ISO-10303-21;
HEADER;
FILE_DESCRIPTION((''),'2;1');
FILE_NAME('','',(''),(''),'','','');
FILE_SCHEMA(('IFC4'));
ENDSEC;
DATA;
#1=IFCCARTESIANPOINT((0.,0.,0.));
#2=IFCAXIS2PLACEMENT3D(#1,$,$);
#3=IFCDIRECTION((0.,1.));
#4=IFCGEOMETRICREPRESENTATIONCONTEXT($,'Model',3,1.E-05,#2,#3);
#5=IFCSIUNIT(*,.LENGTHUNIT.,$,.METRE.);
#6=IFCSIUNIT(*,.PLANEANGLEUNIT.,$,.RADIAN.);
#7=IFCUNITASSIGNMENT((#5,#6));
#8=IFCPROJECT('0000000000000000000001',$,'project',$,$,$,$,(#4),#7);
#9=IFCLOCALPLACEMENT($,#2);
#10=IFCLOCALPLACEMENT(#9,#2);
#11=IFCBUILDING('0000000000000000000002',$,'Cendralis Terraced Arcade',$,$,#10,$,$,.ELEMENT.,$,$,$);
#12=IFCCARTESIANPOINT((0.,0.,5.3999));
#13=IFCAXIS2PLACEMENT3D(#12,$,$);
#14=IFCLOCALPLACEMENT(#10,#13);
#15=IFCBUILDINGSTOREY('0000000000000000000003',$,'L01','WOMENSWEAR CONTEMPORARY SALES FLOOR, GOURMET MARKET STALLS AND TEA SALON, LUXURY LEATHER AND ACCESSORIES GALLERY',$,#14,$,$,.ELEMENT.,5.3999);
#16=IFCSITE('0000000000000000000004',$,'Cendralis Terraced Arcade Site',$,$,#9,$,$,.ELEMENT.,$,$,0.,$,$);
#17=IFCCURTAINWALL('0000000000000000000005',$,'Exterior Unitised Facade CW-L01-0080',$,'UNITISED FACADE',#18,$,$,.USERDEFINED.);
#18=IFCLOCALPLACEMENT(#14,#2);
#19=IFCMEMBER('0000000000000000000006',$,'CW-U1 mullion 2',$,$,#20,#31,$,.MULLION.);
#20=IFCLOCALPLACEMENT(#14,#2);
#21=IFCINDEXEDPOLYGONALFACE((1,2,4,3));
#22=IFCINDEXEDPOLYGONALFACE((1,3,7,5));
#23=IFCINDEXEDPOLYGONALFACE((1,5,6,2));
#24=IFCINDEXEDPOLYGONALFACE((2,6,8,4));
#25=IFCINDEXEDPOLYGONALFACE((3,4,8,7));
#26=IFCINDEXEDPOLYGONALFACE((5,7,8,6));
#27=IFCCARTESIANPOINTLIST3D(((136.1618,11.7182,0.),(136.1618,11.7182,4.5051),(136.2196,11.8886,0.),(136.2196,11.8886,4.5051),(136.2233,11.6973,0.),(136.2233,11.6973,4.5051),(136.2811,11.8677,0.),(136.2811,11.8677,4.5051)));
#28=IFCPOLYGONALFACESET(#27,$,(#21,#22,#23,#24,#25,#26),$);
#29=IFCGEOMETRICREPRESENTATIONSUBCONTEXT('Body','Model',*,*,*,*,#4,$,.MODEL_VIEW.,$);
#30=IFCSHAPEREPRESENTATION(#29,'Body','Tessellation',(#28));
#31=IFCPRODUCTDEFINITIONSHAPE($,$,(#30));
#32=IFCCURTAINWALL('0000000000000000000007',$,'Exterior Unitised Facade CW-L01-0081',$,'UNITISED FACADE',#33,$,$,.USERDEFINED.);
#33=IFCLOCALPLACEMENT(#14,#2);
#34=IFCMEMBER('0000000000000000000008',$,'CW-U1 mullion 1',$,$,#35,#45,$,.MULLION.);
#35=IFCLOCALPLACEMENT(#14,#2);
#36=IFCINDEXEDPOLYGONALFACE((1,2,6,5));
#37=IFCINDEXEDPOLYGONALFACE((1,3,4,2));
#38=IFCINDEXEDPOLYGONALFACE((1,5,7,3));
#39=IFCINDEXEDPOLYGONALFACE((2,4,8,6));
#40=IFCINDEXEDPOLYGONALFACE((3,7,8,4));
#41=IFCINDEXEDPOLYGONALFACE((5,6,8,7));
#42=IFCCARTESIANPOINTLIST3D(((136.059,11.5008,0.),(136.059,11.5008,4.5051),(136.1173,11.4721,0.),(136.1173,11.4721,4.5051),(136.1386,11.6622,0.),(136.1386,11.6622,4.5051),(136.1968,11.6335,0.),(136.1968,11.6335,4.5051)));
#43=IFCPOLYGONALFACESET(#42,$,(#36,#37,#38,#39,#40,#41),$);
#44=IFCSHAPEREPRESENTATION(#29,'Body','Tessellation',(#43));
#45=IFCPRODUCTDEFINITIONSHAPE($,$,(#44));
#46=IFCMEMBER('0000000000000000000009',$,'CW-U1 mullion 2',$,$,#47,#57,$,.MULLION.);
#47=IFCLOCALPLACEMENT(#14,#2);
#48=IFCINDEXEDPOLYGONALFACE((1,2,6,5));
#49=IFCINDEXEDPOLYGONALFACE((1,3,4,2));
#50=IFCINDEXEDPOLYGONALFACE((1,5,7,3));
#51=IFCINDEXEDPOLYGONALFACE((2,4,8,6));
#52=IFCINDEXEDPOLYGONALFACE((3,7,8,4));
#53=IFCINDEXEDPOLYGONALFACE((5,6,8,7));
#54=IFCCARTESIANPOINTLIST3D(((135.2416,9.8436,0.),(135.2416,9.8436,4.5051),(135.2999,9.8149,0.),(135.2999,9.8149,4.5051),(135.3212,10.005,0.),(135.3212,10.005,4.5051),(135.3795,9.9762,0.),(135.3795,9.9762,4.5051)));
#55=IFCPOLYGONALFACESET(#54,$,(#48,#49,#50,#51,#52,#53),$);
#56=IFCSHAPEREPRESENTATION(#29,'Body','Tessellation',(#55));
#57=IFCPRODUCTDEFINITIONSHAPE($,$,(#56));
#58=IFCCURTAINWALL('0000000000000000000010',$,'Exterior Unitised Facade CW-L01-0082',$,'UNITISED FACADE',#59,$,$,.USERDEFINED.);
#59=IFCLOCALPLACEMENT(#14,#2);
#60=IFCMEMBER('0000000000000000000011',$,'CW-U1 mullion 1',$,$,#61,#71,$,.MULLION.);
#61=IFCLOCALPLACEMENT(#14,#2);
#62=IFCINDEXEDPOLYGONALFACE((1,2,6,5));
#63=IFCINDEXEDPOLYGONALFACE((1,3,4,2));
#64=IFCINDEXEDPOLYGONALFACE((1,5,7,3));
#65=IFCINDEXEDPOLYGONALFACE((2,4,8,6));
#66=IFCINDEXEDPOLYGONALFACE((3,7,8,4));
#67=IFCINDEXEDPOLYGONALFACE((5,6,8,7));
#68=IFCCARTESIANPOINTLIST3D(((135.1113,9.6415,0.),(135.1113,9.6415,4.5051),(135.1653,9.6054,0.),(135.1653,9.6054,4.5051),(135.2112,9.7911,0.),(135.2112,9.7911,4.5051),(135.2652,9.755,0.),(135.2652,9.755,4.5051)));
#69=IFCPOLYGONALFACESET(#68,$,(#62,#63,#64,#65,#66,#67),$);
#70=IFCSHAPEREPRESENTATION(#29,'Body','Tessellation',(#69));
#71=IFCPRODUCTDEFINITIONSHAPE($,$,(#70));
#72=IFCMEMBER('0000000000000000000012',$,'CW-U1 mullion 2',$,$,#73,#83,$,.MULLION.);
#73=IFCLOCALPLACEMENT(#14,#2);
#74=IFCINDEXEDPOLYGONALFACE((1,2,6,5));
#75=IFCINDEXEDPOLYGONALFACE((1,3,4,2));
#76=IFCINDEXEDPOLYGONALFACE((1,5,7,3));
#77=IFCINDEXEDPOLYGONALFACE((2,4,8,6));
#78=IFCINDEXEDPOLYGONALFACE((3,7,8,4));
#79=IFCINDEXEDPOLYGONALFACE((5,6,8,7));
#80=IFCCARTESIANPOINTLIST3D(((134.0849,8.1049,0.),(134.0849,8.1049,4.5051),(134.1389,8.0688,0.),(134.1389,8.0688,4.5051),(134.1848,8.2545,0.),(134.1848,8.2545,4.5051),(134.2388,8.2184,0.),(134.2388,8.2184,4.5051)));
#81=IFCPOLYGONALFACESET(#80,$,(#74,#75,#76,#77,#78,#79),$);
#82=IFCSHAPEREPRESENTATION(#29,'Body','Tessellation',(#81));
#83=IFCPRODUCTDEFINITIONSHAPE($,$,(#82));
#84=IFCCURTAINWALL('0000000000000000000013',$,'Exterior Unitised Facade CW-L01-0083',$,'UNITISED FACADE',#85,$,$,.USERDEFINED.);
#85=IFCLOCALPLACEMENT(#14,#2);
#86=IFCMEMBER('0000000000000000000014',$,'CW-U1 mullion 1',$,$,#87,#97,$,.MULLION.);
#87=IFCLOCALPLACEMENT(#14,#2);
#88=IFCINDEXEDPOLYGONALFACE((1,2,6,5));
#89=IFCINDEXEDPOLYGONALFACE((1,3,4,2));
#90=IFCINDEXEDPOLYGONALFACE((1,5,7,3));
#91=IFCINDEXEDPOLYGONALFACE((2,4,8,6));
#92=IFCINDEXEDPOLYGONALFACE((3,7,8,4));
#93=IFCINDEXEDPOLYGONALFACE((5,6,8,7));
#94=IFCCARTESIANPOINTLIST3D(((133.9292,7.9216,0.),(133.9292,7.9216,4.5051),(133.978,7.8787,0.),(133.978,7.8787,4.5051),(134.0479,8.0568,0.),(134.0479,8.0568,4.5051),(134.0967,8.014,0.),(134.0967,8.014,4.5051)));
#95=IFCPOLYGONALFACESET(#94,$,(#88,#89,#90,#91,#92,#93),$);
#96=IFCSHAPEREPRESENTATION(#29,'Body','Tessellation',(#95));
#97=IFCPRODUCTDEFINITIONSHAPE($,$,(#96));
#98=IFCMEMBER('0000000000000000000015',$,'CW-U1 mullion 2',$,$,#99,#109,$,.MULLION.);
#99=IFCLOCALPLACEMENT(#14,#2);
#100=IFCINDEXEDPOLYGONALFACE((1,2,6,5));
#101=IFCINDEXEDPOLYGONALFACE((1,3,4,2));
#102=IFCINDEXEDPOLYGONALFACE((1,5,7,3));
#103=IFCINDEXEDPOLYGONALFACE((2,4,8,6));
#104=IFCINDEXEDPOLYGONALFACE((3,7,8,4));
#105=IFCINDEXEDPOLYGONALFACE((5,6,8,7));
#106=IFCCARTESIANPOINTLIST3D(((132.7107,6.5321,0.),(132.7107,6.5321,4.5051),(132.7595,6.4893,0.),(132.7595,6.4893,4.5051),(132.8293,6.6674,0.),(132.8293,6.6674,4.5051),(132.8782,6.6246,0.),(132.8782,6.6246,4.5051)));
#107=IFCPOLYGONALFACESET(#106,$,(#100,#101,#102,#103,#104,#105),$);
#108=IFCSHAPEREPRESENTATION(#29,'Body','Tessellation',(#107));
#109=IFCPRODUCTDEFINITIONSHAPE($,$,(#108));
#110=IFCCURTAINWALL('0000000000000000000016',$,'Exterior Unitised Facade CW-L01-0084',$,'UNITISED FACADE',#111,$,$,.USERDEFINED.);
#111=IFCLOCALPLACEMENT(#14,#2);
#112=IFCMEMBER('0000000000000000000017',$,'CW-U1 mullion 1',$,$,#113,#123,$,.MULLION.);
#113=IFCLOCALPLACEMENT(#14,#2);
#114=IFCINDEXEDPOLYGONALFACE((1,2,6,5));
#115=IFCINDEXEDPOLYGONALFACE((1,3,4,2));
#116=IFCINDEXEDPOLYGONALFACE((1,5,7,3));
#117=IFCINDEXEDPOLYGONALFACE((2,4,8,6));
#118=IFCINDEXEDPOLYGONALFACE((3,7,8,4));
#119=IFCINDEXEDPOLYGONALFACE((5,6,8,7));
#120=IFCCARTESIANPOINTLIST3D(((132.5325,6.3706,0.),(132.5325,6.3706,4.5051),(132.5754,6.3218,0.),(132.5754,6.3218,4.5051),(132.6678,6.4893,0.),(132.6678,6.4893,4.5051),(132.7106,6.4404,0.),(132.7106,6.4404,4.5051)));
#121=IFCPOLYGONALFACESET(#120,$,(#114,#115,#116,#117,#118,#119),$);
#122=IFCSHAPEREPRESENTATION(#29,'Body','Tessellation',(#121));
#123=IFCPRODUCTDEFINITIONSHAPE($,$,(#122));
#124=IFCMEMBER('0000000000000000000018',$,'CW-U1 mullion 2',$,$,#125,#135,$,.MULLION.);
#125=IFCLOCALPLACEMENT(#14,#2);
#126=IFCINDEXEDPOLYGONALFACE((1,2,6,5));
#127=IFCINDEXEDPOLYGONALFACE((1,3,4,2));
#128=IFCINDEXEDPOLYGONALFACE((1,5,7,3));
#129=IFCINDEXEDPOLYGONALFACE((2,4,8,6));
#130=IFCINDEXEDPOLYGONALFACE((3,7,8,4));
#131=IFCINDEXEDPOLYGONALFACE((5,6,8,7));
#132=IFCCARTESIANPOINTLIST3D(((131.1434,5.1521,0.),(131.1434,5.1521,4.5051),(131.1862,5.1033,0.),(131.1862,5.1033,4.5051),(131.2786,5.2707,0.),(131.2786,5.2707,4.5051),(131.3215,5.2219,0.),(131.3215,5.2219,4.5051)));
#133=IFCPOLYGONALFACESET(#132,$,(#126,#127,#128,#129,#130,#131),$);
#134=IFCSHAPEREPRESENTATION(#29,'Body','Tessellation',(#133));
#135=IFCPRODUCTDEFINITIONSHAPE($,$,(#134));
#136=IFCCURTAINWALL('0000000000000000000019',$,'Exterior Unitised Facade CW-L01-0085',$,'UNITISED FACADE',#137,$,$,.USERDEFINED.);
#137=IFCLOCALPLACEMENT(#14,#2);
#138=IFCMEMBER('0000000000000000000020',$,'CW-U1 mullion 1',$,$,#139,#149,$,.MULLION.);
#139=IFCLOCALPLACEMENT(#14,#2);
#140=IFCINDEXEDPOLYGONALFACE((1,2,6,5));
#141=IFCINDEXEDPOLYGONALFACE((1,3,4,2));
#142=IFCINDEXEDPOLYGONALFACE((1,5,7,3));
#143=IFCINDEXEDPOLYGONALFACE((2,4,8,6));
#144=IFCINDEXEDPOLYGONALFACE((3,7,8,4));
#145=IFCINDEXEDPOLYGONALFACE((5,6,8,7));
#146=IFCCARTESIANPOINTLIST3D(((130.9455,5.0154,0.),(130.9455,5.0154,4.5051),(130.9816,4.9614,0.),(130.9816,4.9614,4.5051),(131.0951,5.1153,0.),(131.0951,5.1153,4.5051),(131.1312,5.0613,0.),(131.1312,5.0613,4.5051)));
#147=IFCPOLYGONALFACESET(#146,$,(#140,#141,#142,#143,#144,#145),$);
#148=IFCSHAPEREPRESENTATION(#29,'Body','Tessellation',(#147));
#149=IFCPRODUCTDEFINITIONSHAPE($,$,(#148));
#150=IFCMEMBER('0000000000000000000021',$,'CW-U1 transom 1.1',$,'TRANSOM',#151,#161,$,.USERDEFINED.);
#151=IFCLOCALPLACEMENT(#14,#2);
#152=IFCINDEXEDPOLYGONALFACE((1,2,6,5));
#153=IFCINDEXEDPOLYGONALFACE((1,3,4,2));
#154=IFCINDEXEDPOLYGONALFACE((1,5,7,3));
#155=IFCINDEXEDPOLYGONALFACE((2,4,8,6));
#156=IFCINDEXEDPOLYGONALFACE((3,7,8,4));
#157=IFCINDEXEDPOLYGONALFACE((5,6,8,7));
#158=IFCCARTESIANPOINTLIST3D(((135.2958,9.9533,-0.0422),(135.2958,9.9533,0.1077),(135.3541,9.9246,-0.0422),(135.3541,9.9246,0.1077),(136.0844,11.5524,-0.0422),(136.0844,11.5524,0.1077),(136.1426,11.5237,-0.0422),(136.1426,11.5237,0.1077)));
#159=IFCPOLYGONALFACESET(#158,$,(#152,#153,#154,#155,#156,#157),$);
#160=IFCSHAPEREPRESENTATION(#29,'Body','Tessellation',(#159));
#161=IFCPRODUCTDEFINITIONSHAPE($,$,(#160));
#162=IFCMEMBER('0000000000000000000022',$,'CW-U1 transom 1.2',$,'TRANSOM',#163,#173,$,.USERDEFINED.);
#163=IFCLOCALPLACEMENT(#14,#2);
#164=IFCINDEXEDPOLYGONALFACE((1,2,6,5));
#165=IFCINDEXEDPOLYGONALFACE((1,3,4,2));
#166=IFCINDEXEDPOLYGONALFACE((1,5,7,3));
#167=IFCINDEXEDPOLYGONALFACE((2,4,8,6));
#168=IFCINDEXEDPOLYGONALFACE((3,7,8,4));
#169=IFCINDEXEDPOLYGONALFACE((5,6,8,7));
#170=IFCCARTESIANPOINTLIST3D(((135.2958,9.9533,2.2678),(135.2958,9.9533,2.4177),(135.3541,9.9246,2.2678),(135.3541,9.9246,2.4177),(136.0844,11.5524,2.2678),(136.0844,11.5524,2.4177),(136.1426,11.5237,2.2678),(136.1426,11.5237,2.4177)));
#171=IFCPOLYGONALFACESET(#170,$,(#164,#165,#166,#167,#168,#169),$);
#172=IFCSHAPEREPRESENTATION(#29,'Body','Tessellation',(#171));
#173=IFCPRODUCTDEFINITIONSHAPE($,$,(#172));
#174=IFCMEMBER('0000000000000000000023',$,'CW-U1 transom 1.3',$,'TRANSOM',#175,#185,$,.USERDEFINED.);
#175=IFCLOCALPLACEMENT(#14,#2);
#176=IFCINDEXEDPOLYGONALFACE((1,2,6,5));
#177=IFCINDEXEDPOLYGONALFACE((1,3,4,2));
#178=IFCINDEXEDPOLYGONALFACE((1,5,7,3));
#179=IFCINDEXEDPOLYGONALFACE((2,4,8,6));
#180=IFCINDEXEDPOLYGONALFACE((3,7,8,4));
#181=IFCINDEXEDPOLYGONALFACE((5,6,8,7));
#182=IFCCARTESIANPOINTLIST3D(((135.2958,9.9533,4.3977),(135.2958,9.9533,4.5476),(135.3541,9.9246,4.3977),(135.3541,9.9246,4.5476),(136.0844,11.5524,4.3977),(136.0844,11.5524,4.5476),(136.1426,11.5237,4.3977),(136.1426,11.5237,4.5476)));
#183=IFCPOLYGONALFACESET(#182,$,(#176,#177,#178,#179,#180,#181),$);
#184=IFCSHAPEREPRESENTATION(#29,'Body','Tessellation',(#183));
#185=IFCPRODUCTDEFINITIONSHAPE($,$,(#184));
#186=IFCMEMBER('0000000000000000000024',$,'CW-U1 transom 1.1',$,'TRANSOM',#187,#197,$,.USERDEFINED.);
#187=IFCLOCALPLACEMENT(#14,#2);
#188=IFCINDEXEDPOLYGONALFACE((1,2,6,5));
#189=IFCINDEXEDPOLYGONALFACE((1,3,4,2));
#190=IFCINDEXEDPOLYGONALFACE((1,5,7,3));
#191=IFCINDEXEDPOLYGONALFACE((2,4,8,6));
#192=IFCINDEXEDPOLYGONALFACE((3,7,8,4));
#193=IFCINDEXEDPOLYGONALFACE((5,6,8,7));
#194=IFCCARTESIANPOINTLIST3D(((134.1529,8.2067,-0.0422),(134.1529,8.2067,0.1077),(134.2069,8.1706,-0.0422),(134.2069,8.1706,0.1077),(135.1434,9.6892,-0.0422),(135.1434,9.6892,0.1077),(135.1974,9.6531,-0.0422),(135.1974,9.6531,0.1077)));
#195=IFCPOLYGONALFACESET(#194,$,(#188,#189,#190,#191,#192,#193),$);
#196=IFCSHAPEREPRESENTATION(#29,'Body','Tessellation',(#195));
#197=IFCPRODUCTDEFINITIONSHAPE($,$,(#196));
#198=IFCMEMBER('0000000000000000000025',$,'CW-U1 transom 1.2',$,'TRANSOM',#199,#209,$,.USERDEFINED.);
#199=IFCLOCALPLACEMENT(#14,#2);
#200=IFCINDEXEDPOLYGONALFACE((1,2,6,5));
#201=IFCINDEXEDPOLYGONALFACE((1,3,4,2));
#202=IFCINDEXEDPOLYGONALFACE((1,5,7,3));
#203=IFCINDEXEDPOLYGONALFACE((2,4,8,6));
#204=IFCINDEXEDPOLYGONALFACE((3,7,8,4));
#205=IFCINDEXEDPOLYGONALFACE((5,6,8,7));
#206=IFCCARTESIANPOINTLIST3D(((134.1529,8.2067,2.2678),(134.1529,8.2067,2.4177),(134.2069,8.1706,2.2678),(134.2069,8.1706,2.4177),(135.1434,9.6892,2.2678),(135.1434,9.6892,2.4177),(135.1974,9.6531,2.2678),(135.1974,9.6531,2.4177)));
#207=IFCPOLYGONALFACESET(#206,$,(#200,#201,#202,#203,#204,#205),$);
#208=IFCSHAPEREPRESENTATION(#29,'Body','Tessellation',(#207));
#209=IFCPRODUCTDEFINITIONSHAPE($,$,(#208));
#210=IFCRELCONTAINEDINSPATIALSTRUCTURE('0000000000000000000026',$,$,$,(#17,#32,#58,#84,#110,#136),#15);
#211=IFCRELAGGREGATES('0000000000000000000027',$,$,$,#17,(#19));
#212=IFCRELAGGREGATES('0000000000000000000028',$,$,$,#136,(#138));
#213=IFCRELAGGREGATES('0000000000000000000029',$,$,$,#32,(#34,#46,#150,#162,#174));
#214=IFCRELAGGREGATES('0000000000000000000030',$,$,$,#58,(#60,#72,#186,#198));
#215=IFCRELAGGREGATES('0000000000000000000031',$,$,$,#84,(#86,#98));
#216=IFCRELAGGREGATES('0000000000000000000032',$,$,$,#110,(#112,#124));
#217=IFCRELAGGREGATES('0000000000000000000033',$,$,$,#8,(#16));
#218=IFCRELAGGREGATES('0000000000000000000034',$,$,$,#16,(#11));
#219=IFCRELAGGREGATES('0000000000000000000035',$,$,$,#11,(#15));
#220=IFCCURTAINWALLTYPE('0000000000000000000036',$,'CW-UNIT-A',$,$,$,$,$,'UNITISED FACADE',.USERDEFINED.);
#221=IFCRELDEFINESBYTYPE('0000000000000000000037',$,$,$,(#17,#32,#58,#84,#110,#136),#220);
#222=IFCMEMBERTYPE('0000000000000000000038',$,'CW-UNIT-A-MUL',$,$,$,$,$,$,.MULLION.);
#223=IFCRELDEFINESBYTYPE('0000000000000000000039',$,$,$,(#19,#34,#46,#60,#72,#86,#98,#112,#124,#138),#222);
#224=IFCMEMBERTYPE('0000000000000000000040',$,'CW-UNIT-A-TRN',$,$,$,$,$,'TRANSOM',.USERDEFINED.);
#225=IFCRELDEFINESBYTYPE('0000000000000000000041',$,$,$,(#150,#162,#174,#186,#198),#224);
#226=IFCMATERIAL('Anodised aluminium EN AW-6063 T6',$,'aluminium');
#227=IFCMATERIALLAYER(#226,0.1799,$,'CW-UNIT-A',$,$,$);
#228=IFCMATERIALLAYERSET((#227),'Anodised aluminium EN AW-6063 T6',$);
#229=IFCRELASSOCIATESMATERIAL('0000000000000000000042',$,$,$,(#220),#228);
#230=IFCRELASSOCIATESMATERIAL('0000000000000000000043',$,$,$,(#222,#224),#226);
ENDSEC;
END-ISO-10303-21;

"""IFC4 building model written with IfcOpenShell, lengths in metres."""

from ifc_helpers import new_model, si_unit, direction, frame, origin, origin_2d, place, context, subcontext, project, spatial, rectangle, extrude, material, layer, layer_set, material_profile, profile_set, type_object, element, aggregate, save


model = new_model("IFC4")

# Units and contexts
model_context = context("Model", 3, precision=1e-05, world=origin(), true_north=direction((0.0, 1.0)))
body_context = subcontext(model_context, "Body", "Model", "MODEL_VIEW")
ifc_project = project(units=[si_unit("LENGTHUNIT", "METRE"), si_unit("PLANEANGLEUNIT", "RADIAN")], contexts=[model_context])

# Site, building, storey
site_placement = place(None, origin())
site = spatial("IfcSite", under=ifc_project, at=site_placement, Name="Cendralis Terraced Arcade Site", CompositionType="ELEMENT", RefElevation=0.0)
building_placement = place(site_placement, origin())
building = spatial("IfcBuilding", under=site, at=building_placement, Name="Cendralis Terraced Arcade", CompositionType="ELEMENT")
storey_placement = place(building_placement, frame((0.0, 0.0, 5.3999)))
storey = spatial("IfcBuildingStorey", under=building, at=storey_placement, Name="L01", Description="WOMENSWEAR CONTEMPORARY SALES FLOOR, GOURMET MARKET STALLS AND TEA SALON, LUXURY LEATHER AND ACCESSORIES GALLERY", CompositionType="ELEMENT", Elevation=5.3999)

# Curtain wall, member
ifc_material_1 = material(Name="Anodised aluminium EN AW-6063 T6", Category="aluminium")
ifc_layer_1 = layer(ifc_material_1, 0.1799, Name="CW-UNIT-A")
ifc_layer_set_1 = layer_set([ifc_layer_1], Name="Anodised aluminium EN AW-6063 T6")
curtain_wall_type = type_object("IfcCurtainWallType", Name="CW-UNIT-A", ElementType="UNITISED FACADE", PredefinedType="USERDEFINED", material=ifc_layer_set_1)
curtain_wall_1_placement = place(storey_placement, origin())
curtain_wall_1 = element("IfcCurtainWall", 1, at=curtain_wall_1_placement, inside=storey, type_object=curtain_wall_type, Name="Exterior Unitised Facade CW-L01-0080", ObjectType="UNITISED FACADE", PredefinedType="USERDEFINED")
ifc_material_profile_1 = material_profile(ifc_material_1, rectangle(XDim=0.0649, YDim=0.1799, at=origin_2d()), Name="ALU-MUL-65x180")
ifc_profile_set_1 = profile_set([ifc_material_profile_1], Name="Anodised aluminium EN AW-6063 T6")
member_type_1 = type_object("IfcMemberType", Name="CW-UNIT-A-MUL", PredefinedType="MULLION", material=ifc_profile_set_1)
member_1_placement = place(storey_placement, frame((136.2214, 11.793, 0.0), z_axis=(0.0, 0.0, 1.0), x_axis=(0.946928, -0.321445, 0.0)))
member_1 = element("IfcMember", 2, at=member_1_placement, type_object=member_type_1, Name="CW-U1 mullion 2", PredefinedType="MULLION", context=body_context, shape_type="SweptSolid", body=[
    extrude(rectangle(XDim=0.0649, YDim=0.1799, at=origin_2d()), origin(), (0.0, 0.0, 1.0), 4.5051),
])
aggregate(curtain_wall_1, [member_1])

# Curtain walls, members
curtain_wall_2_placement = place(storey_placement, origin())
curtain_wall_2 = element("IfcCurtainWall", 3, at=curtain_wall_2_placement, inside=storey, type_object=curtain_wall_type, Name="Exterior Unitised Facade CW-L01-0081", ObjectType="UNITISED FACADE", PredefinedType="USERDEFINED")
member_2_placement = place(storey_placement, frame((136.1279, 11.5671, 0.0), z_axis=(0.0, 0.0, 1.0), x_axis=(0.896871, -0.442293, 0.0)))
member_2 = element("IfcMember", 4, at=member_2_placement, type_object=member_type_1, Name="CW-U1 mullion 1", PredefinedType="MULLION", context=body_context, shape_type="SweptSolid", body=[
    extrude(rectangle(XDim=0.0649, YDim=0.1799, at=origin_2d()), origin(), (0.0, 0.0, 1.0), 4.5051),
])
member_3_placement = place(storey_placement, frame((135.3105, 9.9099, 0.0), z_axis=(0.0, 0.0, 1.0), x_axis=(0.896871, -0.442293, 0.0)))
member_3 = element("IfcMember", 5, at=member_3_placement, type_object=member_type_1, Name="CW-U1 mullion 2", PredefinedType="MULLION", context=body_context, shape_type="SweptSolid", body=[
    extrude(rectangle(XDim=0.0649, YDim=0.1799, at=origin_2d()), origin(), (0.0, 0.0, 1.0), 4.5051),
])
curtain_wall_3_placement = place(storey_placement, origin())
curtain_wall_3 = element("IfcCurtainWall", 6, at=curtain_wall_3_placement, inside=storey, type_object=curtain_wall_type, Name="Exterior Unitised Facade CW-L01-0082", ObjectType="UNITISED FACADE", PredefinedType="USERDEFINED")
member_4_placement = place(storey_placement, frame((135.1882, 9.6982, 0.0), z_axis=(0.0, 0.0, 1.0), x_axis=(0.831495, -0.555532, 0.0)))
member_4 = element("IfcMember", 7, at=member_4_placement, type_object=member_type_1, Name="CW-U1 mullion 1", PredefinedType="MULLION", context=body_context, shape_type="SweptSolid", body=[
    extrude(rectangle(XDim=0.0649, YDim=0.1799, at=origin_2d()), origin(), (0.0, 0.0, 1.0), 4.5051),
])
member_5_placement = place(storey_placement, frame((134.1619, 8.1616, 0.0), z_axis=(0.0, 0.0, 1.0), x_axis=(0.831495, -0.555532, 0.0)))
member_5 = element("IfcMember", 8, at=member_5_placement, type_object=member_type_1, Name="CW-U1 mullion 2", PredefinedType="MULLION", context=body_context, shape_type="SweptSolid", body=[
    extrude(rectangle(XDim=0.0649, YDim=0.1799, at=origin_2d()), origin(), (0.0, 0.0, 1.0), 4.5051),
])
curtain_wall_4_placement = place(storey_placement, origin())
curtain_wall_4 = element("IfcCurtainWall", 9, at=curtain_wall_4_placement, inside=storey, type_object=curtain_wall_type, Name="Exterior Unitised Facade CW-L01-0083", ObjectType="UNITISED FACADE", PredefinedType="USERDEFINED")
member_6_placement = place(storey_placement, frame((134.0129, 7.9678, 0.0), z_axis=(0.0, 0.0, 1.0), x_axis=(0.751783, -0.659411, 0.0)))
member_6 = element("IfcMember", 10, at=member_6_placement, type_object=member_type_1, Name="CW-U1 mullion 1", PredefinedType="MULLION", context=body_context, shape_type="SweptSolid", body=[
    extrude(rectangle(XDim=0.0649, YDim=0.1799, at=origin_2d()), origin(), (0.0, 0.0, 1.0), 4.5051),
])
member_7_placement = place(storey_placement, frame((132.7944, 6.5784, 0.0), z_axis=(0.0, 0.0, 1.0), x_axis=(0.751783, -0.659411, 0.0)))
member_7 = element("IfcMember", 11, at=member_7_placement, type_object=member_type_1, Name="CW-U1 mullion 2", PredefinedType="MULLION", context=body_context, shape_type="SweptSolid", body=[
    extrude(rectangle(XDim=0.0649, YDim=0.1799, at=origin_2d()), origin(), (0.0, 0.0, 1.0), 4.5051),
])
curtain_wall_5_placement = place(storey_placement, origin())
curtain_wall_5 = element("IfcCurtainWall", 12, at=curtain_wall_5_placement, inside=storey, type_object=curtain_wall_type, Name="Exterior Unitised Facade CW-L01-0084", ObjectType="UNITISED FACADE", PredefinedType="USERDEFINED")
member_8_placement = place(storey_placement, frame((132.6216, 6.4055, 0.0), z_axis=(0.0, 0.0, 1.0), x_axis=(0.659411, -0.751783, 0.0)))
member_8 = element("IfcMember", 13, at=member_8_placement, type_object=member_type_1, Name="CW-U1 mullion 1", PredefinedType="MULLION", context=body_context, shape_type="SweptSolid", body=[
    extrude(rectangle(XDim=0.0649, YDim=0.1799, at=origin_2d()), origin(), (0.0, 0.0, 1.0), 4.5051),
])
member_9_placement = place(storey_placement, frame((131.2324, 5.187, 0.0), z_axis=(0.0, 0.0, 1.0), x_axis=(0.659411, -0.751783, 0.0)))
member_9 = element("IfcMember", 14, at=member_9_placement, type_object=member_type_1, Name="CW-U1 mullion 2", PredefinedType="MULLION", context=body_context, shape_type="SweptSolid", body=[
    extrude(rectangle(XDim=0.0649, YDim=0.1799, at=origin_2d()), origin(), (0.0, 0.0, 1.0), 4.5051),
])

# Curtain wall, member
curtain_wall_6_placement = place(storey_placement, origin())
curtain_wall_6 = element("IfcCurtainWall", 15, at=curtain_wall_6_placement, inside=storey, type_object=curtain_wall_type, Name="Exterior Unitised Facade CW-L01-0085", ObjectType="UNITISED FACADE", PredefinedType="USERDEFINED")
member_10_placement = place(storey_placement, frame((131.0383, 5.0383, 0.0), z_axis=(0.0, 0.0, 1.0), x_axis=(0.555532, -0.831495, 0.0)))
member_10 = element("IfcMember", 16, at=member_10_placement, type_object=member_type_1, Name="CW-U1 mullion 1", PredefinedType="MULLION", context=body_context, shape_type="SweptSolid", body=[
    extrude(rectangle(XDim=0.0649, YDim=0.1799, at=origin_2d()), origin(), (0.0, 0.0, 1.0), 4.5051),
])

# Members
ifc_material_profile_2 = material_profile(ifc_material_1, rectangle(XDim=0.0649, YDim=0.1499, at=origin_2d()), Name="ALU-TRN-65x150")
ifc_profile_set_2 = profile_set([ifc_material_profile_2], Name="Anodised aluminium EN AW-6063 T6")
member_type_2 = type_object("IfcMemberType", Name="CW-UNIT-A-TRN", ElementType="TRANSOM", PredefinedType="USERDEFINED", material=ifc_profile_set_2)
member_11_placement = place(storey_placement, frame((136.1135, 11.5381, 0.0327), z_axis=(-0.442277, -0.896878, 0.0), x_axis=(0.896878, -0.442277, 0.0)))
member_11 = element("IfcMember", 17, at=member_11_placement, type_object=member_type_2, Name="CW-U1 transom 1.1", ObjectType="TRANSOM", PredefinedType="USERDEFINED", context=body_context, shape_type="SweptSolid", body=[
    extrude(rectangle(XDim=0.0649, YDim=0.1499, at=origin_2d()), origin(), (0.0, 0.0, 1.0), 1.783),
])
member_12_placement = place(storey_placement, frame((136.1135, 11.5381, 2.3428), z_axis=(-0.442277, -0.896878, 0.0), x_axis=(0.896878, -0.442277, 0.0)))
member_12 = element("IfcMember", 18, at=member_12_placement, type_object=member_type_2, Name="CW-U1 transom 1.2", ObjectType="TRANSOM", PredefinedType="USERDEFINED", context=body_context, shape_type="SweptSolid", body=[
    extrude(rectangle(XDim=0.0649, YDim=0.1499, at=origin_2d()), origin(), (0.0, 0.0, 1.0), 1.783),
])
member_13_placement = place(storey_placement, frame((136.1135, 11.5381, 4.4727), z_axis=(-0.442277, -0.896878, 0.0), x_axis=(0.896878, -0.442277, 0.0)))
member_13 = element("IfcMember", 19, at=member_13_placement, type_object=member_type_2, Name="CW-U1 transom 1.3", ObjectType="TRANSOM", PredefinedType="USERDEFINED", context=body_context, shape_type="SweptSolid", body=[
    extrude(rectangle(XDim=0.0649, YDim=0.1499, at=origin_2d()), origin(), (0.0, 0.0, 1.0), 1.783),
])
member_14_placement = place(storey_placement, frame((135.1704, 9.6711, 0.0327), z_axis=(-0.555553, -0.831481, 0.0), x_axis=(0.831481, -0.555553, 0.0)))
member_14 = element("IfcMember", 20, at=member_14_placement, type_object=member_type_2, Name="CW-U1 transom 1.1", ObjectType="TRANSOM", PredefinedType="USERDEFINED", context=body_context, shape_type="SweptSolid", body=[
    extrude(rectangle(XDim=0.0649, YDim=0.1499, at=origin_2d()), origin(), (0.0, 0.0, 1.0), 1.783),
])
member_15_placement = place(storey_placement, frame((135.1704, 9.6711, 2.3428), z_axis=(-0.555553, -0.831481, 0.0), x_axis=(0.831481, -0.555553, 0.0)))
member_15 = element("IfcMember", 21, at=member_15_placement, type_object=member_type_2, Name="CW-U1 transom 1.2", ObjectType="TRANSOM", PredefinedType="USERDEFINED", context=body_context, shape_type="SweptSolid", body=[
    extrude(rectangle(XDim=0.0649, YDim=0.1499, at=origin_2d()), origin(), (0.0, 0.0, 1.0), 1.783),
])
aggregate(curtain_wall_6, [member_10])

aggregate(curtain_wall_2, [member_2, member_3, member_11, member_12, member_13])
aggregate(curtain_wall_3, [member_4, member_5, member_14, member_15])
aggregate(curtain_wall_4, [member_6, member_7])
aggregate(curtain_wall_5, [member_8, member_9])

save(model, "model.ifc")
